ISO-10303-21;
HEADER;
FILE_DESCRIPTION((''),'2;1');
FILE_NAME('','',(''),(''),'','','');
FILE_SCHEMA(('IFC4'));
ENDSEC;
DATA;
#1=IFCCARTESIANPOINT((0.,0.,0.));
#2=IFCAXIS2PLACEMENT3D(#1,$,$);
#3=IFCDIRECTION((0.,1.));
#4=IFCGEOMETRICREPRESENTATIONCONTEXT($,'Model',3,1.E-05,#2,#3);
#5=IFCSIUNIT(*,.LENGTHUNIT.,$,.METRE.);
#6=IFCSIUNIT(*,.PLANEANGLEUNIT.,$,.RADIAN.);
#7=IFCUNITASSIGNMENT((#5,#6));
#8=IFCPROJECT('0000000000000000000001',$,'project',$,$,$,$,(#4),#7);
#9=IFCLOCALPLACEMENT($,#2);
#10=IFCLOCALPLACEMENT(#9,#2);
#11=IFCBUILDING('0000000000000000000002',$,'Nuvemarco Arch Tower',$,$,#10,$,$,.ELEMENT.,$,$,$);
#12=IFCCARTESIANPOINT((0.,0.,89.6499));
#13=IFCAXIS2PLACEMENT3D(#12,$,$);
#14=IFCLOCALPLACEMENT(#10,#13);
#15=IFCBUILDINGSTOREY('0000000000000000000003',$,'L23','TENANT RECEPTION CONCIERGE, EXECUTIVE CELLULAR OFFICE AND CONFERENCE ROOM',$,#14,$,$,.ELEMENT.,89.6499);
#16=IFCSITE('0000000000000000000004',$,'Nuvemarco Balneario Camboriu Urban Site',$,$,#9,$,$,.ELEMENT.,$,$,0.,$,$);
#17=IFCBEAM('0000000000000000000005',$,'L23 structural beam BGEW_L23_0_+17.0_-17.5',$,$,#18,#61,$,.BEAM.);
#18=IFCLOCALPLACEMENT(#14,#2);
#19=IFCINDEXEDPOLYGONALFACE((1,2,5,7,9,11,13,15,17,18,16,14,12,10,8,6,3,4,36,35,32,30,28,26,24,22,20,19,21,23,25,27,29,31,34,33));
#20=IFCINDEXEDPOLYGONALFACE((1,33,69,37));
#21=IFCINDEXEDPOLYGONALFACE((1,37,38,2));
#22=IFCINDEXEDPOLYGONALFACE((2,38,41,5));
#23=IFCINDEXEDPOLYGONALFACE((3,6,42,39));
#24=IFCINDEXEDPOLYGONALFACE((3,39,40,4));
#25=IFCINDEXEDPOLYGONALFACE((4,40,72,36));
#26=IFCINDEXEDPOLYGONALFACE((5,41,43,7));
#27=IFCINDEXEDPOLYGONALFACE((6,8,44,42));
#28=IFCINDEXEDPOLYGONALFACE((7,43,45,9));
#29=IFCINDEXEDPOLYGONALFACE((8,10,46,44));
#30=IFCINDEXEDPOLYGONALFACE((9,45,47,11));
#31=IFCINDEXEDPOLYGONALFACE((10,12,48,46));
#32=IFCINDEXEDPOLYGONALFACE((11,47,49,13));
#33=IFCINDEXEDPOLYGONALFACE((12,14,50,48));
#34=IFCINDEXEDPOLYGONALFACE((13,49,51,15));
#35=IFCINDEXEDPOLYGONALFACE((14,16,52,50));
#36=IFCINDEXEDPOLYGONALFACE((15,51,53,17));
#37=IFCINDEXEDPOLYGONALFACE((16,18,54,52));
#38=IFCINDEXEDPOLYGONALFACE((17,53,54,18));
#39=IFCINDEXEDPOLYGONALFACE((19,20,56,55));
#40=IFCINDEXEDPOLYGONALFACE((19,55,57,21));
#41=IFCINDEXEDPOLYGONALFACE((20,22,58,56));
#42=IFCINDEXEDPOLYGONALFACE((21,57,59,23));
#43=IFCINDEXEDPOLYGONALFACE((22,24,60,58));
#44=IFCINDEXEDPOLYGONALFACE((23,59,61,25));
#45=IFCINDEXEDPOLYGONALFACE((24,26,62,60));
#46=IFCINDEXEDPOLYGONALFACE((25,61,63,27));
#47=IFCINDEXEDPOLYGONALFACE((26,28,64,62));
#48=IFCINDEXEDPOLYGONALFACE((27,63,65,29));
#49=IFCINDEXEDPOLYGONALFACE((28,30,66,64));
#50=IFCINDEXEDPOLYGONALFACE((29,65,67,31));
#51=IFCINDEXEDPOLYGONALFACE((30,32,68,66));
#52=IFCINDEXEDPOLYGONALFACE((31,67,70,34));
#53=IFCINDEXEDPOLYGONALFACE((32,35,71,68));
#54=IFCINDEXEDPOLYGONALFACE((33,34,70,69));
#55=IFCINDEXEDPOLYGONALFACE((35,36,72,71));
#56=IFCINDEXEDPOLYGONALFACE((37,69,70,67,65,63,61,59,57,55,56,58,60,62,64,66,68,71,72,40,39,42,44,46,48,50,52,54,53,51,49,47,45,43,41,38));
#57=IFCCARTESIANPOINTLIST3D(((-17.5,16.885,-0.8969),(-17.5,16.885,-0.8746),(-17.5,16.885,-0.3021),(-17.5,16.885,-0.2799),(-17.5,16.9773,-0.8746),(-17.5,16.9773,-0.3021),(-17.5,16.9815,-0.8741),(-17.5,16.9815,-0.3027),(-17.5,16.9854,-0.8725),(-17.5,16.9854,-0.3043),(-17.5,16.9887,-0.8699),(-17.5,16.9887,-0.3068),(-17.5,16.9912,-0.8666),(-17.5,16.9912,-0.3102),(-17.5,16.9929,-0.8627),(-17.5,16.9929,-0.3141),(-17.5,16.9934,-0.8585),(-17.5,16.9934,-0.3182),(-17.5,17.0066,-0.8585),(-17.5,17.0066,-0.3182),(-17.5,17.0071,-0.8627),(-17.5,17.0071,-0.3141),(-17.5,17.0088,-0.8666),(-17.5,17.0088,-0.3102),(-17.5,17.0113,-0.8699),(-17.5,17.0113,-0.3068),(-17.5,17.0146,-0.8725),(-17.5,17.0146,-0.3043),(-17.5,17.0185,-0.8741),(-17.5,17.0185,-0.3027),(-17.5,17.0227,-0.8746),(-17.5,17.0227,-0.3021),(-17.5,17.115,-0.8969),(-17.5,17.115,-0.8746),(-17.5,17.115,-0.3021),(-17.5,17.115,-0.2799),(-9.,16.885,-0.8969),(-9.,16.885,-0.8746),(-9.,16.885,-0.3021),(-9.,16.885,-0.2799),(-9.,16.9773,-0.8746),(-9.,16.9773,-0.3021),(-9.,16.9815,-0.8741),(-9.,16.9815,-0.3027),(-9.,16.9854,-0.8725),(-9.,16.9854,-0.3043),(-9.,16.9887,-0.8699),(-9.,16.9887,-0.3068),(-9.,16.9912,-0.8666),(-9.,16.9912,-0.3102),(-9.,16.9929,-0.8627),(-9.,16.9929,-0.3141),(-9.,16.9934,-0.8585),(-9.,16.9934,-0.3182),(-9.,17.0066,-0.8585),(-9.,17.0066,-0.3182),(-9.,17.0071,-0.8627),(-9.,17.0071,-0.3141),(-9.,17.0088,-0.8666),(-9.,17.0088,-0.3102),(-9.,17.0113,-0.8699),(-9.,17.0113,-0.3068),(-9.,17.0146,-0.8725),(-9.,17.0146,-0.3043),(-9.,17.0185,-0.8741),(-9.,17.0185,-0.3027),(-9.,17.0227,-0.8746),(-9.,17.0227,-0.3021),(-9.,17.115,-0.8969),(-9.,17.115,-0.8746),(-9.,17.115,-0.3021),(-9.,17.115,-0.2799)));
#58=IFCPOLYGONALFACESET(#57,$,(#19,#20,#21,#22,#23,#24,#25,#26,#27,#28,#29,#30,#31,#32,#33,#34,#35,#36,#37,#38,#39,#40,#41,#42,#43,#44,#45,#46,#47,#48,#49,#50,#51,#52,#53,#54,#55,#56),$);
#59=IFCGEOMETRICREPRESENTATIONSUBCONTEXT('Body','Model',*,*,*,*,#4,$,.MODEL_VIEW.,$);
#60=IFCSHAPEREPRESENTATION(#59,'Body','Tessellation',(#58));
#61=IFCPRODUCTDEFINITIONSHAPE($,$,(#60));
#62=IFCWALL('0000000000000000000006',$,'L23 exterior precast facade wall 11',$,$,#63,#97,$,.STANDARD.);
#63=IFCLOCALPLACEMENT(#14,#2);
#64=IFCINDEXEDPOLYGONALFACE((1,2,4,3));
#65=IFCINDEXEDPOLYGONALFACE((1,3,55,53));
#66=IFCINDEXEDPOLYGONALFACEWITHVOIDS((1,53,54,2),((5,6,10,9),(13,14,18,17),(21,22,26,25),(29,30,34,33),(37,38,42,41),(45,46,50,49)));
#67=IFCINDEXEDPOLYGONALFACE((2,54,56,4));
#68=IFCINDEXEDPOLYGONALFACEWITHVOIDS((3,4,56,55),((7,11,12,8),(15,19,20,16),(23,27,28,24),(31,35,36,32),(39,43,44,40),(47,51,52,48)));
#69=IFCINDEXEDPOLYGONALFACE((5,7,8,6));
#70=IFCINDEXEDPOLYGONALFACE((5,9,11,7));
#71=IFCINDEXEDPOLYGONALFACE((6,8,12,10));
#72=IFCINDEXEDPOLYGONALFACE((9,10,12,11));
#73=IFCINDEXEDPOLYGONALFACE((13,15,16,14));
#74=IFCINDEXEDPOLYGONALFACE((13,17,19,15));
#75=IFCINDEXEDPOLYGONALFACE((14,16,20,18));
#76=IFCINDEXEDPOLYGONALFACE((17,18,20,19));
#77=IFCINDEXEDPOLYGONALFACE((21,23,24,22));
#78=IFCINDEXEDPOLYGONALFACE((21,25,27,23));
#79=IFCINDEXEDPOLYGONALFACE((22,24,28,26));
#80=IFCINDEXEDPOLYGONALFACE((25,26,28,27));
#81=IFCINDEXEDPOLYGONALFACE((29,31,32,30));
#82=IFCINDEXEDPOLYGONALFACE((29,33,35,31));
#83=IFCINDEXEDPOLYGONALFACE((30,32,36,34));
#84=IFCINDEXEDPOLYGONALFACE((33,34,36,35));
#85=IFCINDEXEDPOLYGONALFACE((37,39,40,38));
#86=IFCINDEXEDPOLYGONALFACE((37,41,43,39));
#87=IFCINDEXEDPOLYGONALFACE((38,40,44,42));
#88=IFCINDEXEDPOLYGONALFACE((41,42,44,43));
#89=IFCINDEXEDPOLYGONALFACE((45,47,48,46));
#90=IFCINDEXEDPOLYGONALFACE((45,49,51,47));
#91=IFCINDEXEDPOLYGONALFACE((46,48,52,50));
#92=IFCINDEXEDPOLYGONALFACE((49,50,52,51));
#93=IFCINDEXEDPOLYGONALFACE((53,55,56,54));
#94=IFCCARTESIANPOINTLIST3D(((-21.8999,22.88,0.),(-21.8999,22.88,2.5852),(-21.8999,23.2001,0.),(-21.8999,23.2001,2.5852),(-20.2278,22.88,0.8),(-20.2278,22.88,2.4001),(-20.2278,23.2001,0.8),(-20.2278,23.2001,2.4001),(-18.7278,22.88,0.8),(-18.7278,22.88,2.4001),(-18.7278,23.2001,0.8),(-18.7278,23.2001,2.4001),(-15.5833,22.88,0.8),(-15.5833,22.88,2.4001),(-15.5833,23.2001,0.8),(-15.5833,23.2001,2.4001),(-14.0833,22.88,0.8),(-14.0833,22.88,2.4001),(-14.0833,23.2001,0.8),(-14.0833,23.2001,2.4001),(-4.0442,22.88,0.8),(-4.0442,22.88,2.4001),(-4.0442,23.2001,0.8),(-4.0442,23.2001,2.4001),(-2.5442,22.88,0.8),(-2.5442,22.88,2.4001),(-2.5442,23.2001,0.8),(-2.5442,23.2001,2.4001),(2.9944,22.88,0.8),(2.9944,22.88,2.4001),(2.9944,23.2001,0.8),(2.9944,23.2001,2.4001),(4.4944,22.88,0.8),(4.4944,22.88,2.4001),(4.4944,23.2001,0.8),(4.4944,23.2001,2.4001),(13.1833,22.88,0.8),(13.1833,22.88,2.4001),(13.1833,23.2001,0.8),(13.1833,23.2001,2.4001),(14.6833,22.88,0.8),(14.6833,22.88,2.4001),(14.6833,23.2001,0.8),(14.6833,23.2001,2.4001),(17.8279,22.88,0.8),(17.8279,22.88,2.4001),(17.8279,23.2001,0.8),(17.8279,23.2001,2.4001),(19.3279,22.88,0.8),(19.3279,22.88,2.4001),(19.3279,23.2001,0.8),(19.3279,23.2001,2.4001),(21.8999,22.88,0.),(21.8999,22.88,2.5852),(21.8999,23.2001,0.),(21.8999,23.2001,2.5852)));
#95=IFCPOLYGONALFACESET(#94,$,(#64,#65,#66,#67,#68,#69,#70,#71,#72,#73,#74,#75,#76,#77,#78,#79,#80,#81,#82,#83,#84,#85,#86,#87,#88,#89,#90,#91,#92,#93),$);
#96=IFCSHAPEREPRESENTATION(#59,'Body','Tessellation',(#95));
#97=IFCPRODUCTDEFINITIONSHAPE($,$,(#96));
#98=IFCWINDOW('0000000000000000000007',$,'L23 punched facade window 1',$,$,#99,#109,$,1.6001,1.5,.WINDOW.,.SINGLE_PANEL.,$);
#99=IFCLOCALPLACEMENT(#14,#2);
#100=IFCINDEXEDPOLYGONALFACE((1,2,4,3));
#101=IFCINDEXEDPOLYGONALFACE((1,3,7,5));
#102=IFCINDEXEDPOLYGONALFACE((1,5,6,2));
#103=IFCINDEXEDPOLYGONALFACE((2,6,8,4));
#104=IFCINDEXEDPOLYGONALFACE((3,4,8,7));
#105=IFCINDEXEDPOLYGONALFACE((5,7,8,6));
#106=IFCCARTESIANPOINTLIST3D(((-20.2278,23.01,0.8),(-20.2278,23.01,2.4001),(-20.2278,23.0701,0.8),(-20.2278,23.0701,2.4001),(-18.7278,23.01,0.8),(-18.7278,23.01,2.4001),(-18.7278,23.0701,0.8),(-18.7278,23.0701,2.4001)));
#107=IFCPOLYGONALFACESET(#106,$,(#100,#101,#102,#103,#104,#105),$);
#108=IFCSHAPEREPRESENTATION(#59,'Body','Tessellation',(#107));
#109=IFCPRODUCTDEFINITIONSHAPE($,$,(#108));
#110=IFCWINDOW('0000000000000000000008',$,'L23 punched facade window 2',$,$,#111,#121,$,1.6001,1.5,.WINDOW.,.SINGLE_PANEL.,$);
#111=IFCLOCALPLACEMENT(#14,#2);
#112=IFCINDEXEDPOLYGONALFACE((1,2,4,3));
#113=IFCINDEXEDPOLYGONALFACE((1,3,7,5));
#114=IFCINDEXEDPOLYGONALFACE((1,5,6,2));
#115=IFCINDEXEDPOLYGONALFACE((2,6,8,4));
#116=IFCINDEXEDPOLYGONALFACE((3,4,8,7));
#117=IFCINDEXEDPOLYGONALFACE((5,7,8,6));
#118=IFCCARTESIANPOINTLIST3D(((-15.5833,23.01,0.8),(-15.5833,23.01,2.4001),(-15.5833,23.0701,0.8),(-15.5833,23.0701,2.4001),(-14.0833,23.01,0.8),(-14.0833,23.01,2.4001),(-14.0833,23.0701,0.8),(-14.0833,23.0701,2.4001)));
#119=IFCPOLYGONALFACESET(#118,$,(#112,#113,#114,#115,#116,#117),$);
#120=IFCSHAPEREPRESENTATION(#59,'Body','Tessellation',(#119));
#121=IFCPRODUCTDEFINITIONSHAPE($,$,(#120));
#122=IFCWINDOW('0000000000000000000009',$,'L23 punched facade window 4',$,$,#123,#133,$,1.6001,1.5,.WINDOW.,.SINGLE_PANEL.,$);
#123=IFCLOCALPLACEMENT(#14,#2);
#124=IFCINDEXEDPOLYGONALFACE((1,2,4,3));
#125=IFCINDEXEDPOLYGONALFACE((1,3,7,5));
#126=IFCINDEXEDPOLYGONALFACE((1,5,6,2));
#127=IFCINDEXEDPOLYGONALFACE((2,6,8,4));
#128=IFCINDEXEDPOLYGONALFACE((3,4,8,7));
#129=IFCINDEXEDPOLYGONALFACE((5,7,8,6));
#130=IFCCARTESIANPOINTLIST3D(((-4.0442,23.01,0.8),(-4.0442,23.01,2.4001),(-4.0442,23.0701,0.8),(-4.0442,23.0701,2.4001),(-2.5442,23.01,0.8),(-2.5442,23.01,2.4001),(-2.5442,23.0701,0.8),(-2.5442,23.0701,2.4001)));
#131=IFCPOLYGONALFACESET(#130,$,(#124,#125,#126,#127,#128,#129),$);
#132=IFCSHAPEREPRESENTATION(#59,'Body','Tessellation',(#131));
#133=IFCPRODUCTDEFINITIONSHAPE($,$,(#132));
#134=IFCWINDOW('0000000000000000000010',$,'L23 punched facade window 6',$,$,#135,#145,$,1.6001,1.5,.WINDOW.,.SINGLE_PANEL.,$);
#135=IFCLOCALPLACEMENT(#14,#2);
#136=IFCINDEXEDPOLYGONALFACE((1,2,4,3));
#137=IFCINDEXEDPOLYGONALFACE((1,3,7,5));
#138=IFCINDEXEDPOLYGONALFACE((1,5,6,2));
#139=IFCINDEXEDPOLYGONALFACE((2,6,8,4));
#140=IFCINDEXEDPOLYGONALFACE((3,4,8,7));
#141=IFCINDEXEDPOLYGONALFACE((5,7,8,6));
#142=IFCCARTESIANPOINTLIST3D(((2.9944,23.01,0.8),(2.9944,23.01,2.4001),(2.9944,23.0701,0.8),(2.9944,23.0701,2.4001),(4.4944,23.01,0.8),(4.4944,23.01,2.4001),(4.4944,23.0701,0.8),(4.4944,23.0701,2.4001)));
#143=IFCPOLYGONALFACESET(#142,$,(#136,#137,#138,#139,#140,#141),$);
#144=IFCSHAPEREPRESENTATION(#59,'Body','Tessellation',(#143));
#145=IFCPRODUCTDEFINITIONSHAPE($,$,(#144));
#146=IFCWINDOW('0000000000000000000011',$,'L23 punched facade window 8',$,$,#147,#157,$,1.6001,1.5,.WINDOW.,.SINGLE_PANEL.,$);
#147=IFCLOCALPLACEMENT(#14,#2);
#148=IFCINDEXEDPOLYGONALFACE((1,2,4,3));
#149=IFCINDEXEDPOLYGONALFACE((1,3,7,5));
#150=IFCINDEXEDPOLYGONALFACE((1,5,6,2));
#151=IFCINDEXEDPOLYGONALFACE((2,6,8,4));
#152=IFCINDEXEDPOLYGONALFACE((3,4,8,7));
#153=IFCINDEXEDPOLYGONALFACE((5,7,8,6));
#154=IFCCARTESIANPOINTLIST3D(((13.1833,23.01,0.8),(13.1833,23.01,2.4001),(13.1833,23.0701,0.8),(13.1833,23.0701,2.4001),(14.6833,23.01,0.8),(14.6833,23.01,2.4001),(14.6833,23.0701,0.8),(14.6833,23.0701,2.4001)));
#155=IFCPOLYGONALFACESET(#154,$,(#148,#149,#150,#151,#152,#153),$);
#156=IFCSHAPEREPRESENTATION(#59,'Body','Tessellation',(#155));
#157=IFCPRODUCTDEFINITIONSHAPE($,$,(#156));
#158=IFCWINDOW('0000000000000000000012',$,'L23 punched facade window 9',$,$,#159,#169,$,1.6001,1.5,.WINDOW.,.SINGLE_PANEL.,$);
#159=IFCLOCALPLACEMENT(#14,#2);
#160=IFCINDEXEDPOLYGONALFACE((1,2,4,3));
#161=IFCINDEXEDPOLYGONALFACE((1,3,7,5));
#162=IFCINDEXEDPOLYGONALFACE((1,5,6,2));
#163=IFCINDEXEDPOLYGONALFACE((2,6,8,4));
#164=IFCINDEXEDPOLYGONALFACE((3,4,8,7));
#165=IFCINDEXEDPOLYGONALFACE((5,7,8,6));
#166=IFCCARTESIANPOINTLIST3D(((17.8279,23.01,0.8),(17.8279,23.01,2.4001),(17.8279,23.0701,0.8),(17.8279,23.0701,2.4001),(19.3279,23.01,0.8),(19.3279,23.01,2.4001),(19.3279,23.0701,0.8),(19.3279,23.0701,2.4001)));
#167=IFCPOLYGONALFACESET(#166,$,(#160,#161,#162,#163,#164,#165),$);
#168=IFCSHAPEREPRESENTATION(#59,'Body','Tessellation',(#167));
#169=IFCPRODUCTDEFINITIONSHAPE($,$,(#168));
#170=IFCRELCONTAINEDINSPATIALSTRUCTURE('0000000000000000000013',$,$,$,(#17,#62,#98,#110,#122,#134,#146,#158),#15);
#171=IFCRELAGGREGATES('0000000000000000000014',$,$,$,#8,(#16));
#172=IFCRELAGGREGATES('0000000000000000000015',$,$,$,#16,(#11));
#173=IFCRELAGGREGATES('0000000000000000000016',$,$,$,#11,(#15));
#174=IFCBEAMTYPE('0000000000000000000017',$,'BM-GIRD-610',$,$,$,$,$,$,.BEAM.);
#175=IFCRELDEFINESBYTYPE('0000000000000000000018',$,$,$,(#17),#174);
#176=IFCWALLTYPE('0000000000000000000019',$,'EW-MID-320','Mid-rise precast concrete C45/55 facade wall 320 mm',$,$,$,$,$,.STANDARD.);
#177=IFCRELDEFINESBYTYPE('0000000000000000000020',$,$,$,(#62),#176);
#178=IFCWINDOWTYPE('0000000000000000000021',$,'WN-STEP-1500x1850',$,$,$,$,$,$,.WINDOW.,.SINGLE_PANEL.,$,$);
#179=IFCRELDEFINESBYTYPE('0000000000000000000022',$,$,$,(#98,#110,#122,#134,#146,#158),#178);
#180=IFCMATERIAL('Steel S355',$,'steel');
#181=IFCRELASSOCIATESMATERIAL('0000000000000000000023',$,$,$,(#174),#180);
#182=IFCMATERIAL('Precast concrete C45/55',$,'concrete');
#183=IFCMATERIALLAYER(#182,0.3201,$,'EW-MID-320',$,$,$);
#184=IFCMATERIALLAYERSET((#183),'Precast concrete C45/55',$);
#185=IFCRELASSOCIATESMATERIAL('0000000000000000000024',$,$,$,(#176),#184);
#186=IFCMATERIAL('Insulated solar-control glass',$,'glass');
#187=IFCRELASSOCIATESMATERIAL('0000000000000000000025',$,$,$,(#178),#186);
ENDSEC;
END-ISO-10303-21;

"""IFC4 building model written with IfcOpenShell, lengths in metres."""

from ifc_helpers import new_model, si_unit, direction, frame, frame_2d, origin, origin_2d, place, context, subcontext, project, spatial, rectangle, i_section, extrude, source, transform, mapped, material, layer, layer_set, material_profile, profile_set, type_object, type_shapes, element, fill, save


model = new_model("IFC4")

# Units and contexts
model_context = context("Model", 3, precision=1e-05, world=origin(), true_north=direction((0.0, 1.0)))
body_context = subcontext(model_context, "Body", "Model", "MODEL_VIEW")
ifc_project = project(units=[si_unit("LENGTHUNIT", "METRE"), si_unit("PLANEANGLEUNIT", "RADIAN")], contexts=[model_context])

# Site, building, storey
site_placement = place(None, origin())
site = spatial("IfcSite", under=ifc_project, at=site_placement, Name="Nuvemarco Balneario Camboriu Urban Site", CompositionType="ELEMENT", RefElevation=0.0)
building_placement = place(site_placement, origin())
building = spatial("IfcBuilding", under=site, at=building_placement, Name="Nuvemarco Arch Tower", CompositionType="ELEMENT")
storey_placement = place(building_placement, frame((0.0, 0.0, 89.6499)))
storey = spatial("IfcBuildingStorey", under=building, at=storey_placement, Name="L23", Description="TENANT RECEPTION CONCIERGE, EXECUTIVE CELLULAR OFFICE AND CONFERENCE ROOM", CompositionType="ELEMENT", Elevation=89.6499)

# Shared definitions
ifc_material_1 = material(Name="Steel S355", Category="steel")

# Beam
ifc_material_profile_1 = material_profile(ifc_material_1, i_section(OverallWidth=0.23, OverallDepth=0.6169, WebThickness=0.0132, FlangeThickness=0.0222, FilletRadius=0.0161, at=origin_2d()), Name="W610x140")
ifc_profile_set_1 = profile_set([ifc_material_profile_1], Name="Steel S355")
beam_type = type_object("IfcBeamType", Name="BM-GIRD-610", PredefinedType="BEAM", material=ifc_profile_set_1)
beam_1_placement = place(storey_placement, frame((-17.5, 17.0, -0.5884), z_axis=(1.0, 0.0, 0.0), x_axis=(0.0, 1.0, 0.0)))
element("IfcBeam", 1, at=beam_1_placement, inside=storey, type_object=beam_type, Name="L23 structural beam BGEW_L23_0_+17.0_-17.5", PredefinedType="BEAM", context=body_context, shape_type="SweptSolid", body=[
    extrude(i_section(OverallWidth=0.23, OverallDepth=0.6169, WebThickness=0.0132, FlangeThickness=0.0222, FilletRadius=0.0161, at=origin_2d()), origin(), (0.0, 0.0, 1.0), 8.5),
])

# Wall, openings, windows
ifc_material_2 = material(Name="Precast concrete C45/55", Category="concrete")
ifc_layer = layer(ifc_material_2, 0.3201, Name="EW-MID-320")
ifc_layer_set = layer_set([ifc_layer], Name="Precast concrete C45/55")
wall_type = type_object("IfcWallType", Name="EW-MID-320", Description="Mid-rise precast concrete C45/55 facade wall 320 mm", PredefinedType="STANDARD", material=ifc_layer_set)
wall_1_placement = place(storey_placement, frame((-21.8999, 23.04, 0.0), z_axis=(0.0, 0.0, 1.0), x_axis=(1.0, 0.0, 0.0)))
wall_1 = element("IfcWall", 2, at=wall_1_placement, inside=storey, type_object=wall_type, Name="L23 exterior precast facade wall 11", PredefinedType="STANDARD", context=body_context, shape_type="SweptSolid", body=[
    extrude(rectangle(XDim=43.7998, YDim=0.3201, at=frame_2d((21.8999, 0.0))), origin(), (0.0, 0.0, 1.0), 2.5852),
])
opening_1_placement = place(wall_1_placement, frame((1.6721, 0.0, 0.8)))
opening_1 = element("IfcOpeningElement", 3, at=opening_1_placement, cuts=wall_1, PredefinedType="OPENING", context=body_context, shape_type="SweptSolid", body=[
    extrude(rectangle(XDim=1.5, YDim=1.6001, at=frame_2d((0.75, 0.8))), frame((0.0, 0.1699, 0.0), z_axis=(0.0, -1.0, 0.0), x_axis=(1.0, 0.0, 0.0)), (0.0, 0.0, 1.0), 0.3401),
])
opening_2_placement = place(wall_1_placement, frame((6.3167, 0.0, 0.8)))
opening_2 = element("IfcOpeningElement", 4, at=opening_2_placement, cuts=wall_1, PredefinedType="OPENING", context=body_context, shape_type="SweptSolid", body=[
    extrude(rectangle(XDim=1.5, YDim=1.6001, at=frame_2d((0.75, 0.8))), frame((0.0, 0.1699, 0.0), z_axis=(0.0, -1.0, 0.0), x_axis=(1.0, 0.0, 0.0)), (0.0, 0.0, 1.0), 0.3401),
])
opening_3_placement = place(wall_1_placement, frame((17.8557, 0.0, 0.8)))
opening_3 = element("IfcOpeningElement", 5, at=opening_3_placement, cuts=wall_1, PredefinedType="OPENING", context=body_context, shape_type="SweptSolid", body=[
    extrude(rectangle(XDim=1.5, YDim=1.6001, at=frame_2d((0.75, 0.8))), frame((0.0, 0.1699, 0.0), z_axis=(0.0, -1.0, 0.0), x_axis=(1.0, 0.0, 0.0)), (0.0, 0.0, 1.0), 0.3401),
])
opening_4_placement = place(wall_1_placement, frame((24.8943, 0.0, 0.8)))
opening_4 = element("IfcOpeningElement", 6, at=opening_4_placement, cuts=wall_1, PredefinedType="OPENING", context=body_context, shape_type="SweptSolid", body=[
    extrude(rectangle(XDim=1.5, YDim=1.6001, at=frame_2d((0.75, 0.8))), frame((0.0, 0.1699, 0.0), z_axis=(0.0, -1.0, 0.0), x_axis=(1.0, 0.0, 0.0)), (0.0, 0.0, 1.0), 0.3401),
])
opening_5_placement = place(wall_1_placement, frame((35.0833, 0.0, 0.8)))
opening_5 = element("IfcOpeningElement", 7, at=opening_5_placement, cuts=wall_1, PredefinedType="OPENING", context=body_context, shape_type="SweptSolid", body=[
    extrude(rectangle(XDim=1.5, YDim=1.6001, at=frame_2d((0.75, 0.8))), frame((0.0, 0.1699, 0.0), z_axis=(0.0, -1.0, 0.0), x_axis=(1.0, 0.0, 0.0)), (0.0, 0.0, 1.0), 0.3401),
])
opening_6_placement = place(wall_1_placement, frame((39.7278, 0.0, 0.8)))
opening_6 = element("IfcOpeningElement", 8, at=opening_6_placement, cuts=wall_1, PredefinedType="OPENING", context=body_context, shape_type="SweptSolid", body=[
    extrude(rectangle(XDim=1.5, YDim=1.6001, at=frame_2d((0.75, 0.8))), frame((0.0, 0.1699, 0.0), z_axis=(0.0, -1.0, 0.0), x_axis=(1.0, 0.0, 0.0)), (0.0, 0.0, 1.0), 0.3401),
])
ifc_material_3 = material(Name="Insulated solar-control glass", Category="glass")
window_type = type_object("IfcWindowType", Name="WN-STEP-1500x1850", PartitioningType="SINGLE_PANEL", PredefinedType="WINDOW", material=ifc_material_3)
shared_shape_1 = source(origin(), body_context, "Body", "SweptSolid", [
    extrude(rectangle(XDim=1.5, YDim=1.6001, at=frame_2d((0.75, 0.8))), frame((0.0, 0.03, 0.0), z_axis=(0.0, -1.0, 0.0), x_axis=(1.0, 0.0, 0.0)), (0.0, 0.0, 1.0), 0.0601),
])
type_shapes(window_type, [shared_shape_1])
window_1_placement = place(opening_1_placement, origin())
window_1 = element("IfcWindow", 9, at=window_1_placement, inside=storey, type_object=window_type, Name="L23 punched facade window 1", OverallHeight=1.6001, OverallWidth=1.5, PartitioningType="SINGLE_PANEL", PredefinedType="WINDOW", context=body_context, shape_type="MappedRepresentation", body=[
    mapped(shared_shape_1, transform((0.0, 0.0, 0.0), scale=1.0)),
])
fill(opening_1, window_1)
window_2_placement = place(opening_2_placement, origin())
window_2 = element("IfcWindow", 10, at=window_2_placement, inside=storey, type_object=window_type, Name="L23 punched facade window 2", OverallHeight=1.6001, OverallWidth=1.5, PartitioningType="SINGLE_PANEL", PredefinedType="WINDOW", context=body_context, shape_type="MappedRepresentation", body=[
    mapped(shared_shape_1, transform((0.0, 0.0, 0.0), scale=1.0)),
])
fill(opening_2, window_2)
window_3_placement = place(opening_3_placement, origin())
window_3 = element("IfcWindow", 11, at=window_3_placement, inside=storey, type_object=window_type, Name="L23 punched facade window 4", OverallHeight=1.6001, OverallWidth=1.5, PartitioningType="SINGLE_PANEL", PredefinedType="WINDOW", context=body_context, shape_type="MappedRepresentation", body=[
    mapped(shared_shape_1, transform((0.0, 0.0, 0.0), scale=1.0)),
])
fill(opening_3, window_3)
window_4_placement = place(opening_4_placement, origin())
window_4 = element("IfcWindow", 12, at=window_4_placement, inside=storey, type_object=window_type, Name="L23 punched facade window 6", OverallHeight=1.6001, OverallWidth=1.5, PartitioningType="SINGLE_PANEL", PredefinedType="WINDOW", context=body_context, shape_type="MappedRepresentation", body=[
    mapped(shared_shape_1, transform((0.0, 0.0, 0.0), scale=1.0)),
])
fill(opening_4, window_4)
window_5_placement = place(opening_5_placement, origin())
window_5 = element("IfcWindow", 13, at=window_5_placement, inside=storey, type_object=window_type, Name="L23 punched facade window 8", OverallHeight=1.6001, OverallWidth=1.5, PartitioningType="SINGLE_PANEL", PredefinedType="WINDOW", context=body_context, shape_type="MappedRepresentation", body=[
    mapped(shared_shape_1, transform((0.0, 0.0, 0.0), scale=1.0)),
])
fill(opening_5, window_5)
window_6_placement = place(opening_6_placement, origin())
window_6 = element("IfcWindow", 14, at=window_6_placement, inside=storey, type_object=window_type, Name="L23 punched facade window 9", OverallHeight=1.6001, OverallWidth=1.5, PartitioningType="SINGLE_PANEL", PredefinedType="WINDOW", context=body_context, shape_type="MappedRepresentation", body=[
    mapped(shared_shape_1, transform((0.0, 0.0, 0.0), scale=1.0)),
])
fill(opening_6, window_6)

save(model, "model.ifc")
